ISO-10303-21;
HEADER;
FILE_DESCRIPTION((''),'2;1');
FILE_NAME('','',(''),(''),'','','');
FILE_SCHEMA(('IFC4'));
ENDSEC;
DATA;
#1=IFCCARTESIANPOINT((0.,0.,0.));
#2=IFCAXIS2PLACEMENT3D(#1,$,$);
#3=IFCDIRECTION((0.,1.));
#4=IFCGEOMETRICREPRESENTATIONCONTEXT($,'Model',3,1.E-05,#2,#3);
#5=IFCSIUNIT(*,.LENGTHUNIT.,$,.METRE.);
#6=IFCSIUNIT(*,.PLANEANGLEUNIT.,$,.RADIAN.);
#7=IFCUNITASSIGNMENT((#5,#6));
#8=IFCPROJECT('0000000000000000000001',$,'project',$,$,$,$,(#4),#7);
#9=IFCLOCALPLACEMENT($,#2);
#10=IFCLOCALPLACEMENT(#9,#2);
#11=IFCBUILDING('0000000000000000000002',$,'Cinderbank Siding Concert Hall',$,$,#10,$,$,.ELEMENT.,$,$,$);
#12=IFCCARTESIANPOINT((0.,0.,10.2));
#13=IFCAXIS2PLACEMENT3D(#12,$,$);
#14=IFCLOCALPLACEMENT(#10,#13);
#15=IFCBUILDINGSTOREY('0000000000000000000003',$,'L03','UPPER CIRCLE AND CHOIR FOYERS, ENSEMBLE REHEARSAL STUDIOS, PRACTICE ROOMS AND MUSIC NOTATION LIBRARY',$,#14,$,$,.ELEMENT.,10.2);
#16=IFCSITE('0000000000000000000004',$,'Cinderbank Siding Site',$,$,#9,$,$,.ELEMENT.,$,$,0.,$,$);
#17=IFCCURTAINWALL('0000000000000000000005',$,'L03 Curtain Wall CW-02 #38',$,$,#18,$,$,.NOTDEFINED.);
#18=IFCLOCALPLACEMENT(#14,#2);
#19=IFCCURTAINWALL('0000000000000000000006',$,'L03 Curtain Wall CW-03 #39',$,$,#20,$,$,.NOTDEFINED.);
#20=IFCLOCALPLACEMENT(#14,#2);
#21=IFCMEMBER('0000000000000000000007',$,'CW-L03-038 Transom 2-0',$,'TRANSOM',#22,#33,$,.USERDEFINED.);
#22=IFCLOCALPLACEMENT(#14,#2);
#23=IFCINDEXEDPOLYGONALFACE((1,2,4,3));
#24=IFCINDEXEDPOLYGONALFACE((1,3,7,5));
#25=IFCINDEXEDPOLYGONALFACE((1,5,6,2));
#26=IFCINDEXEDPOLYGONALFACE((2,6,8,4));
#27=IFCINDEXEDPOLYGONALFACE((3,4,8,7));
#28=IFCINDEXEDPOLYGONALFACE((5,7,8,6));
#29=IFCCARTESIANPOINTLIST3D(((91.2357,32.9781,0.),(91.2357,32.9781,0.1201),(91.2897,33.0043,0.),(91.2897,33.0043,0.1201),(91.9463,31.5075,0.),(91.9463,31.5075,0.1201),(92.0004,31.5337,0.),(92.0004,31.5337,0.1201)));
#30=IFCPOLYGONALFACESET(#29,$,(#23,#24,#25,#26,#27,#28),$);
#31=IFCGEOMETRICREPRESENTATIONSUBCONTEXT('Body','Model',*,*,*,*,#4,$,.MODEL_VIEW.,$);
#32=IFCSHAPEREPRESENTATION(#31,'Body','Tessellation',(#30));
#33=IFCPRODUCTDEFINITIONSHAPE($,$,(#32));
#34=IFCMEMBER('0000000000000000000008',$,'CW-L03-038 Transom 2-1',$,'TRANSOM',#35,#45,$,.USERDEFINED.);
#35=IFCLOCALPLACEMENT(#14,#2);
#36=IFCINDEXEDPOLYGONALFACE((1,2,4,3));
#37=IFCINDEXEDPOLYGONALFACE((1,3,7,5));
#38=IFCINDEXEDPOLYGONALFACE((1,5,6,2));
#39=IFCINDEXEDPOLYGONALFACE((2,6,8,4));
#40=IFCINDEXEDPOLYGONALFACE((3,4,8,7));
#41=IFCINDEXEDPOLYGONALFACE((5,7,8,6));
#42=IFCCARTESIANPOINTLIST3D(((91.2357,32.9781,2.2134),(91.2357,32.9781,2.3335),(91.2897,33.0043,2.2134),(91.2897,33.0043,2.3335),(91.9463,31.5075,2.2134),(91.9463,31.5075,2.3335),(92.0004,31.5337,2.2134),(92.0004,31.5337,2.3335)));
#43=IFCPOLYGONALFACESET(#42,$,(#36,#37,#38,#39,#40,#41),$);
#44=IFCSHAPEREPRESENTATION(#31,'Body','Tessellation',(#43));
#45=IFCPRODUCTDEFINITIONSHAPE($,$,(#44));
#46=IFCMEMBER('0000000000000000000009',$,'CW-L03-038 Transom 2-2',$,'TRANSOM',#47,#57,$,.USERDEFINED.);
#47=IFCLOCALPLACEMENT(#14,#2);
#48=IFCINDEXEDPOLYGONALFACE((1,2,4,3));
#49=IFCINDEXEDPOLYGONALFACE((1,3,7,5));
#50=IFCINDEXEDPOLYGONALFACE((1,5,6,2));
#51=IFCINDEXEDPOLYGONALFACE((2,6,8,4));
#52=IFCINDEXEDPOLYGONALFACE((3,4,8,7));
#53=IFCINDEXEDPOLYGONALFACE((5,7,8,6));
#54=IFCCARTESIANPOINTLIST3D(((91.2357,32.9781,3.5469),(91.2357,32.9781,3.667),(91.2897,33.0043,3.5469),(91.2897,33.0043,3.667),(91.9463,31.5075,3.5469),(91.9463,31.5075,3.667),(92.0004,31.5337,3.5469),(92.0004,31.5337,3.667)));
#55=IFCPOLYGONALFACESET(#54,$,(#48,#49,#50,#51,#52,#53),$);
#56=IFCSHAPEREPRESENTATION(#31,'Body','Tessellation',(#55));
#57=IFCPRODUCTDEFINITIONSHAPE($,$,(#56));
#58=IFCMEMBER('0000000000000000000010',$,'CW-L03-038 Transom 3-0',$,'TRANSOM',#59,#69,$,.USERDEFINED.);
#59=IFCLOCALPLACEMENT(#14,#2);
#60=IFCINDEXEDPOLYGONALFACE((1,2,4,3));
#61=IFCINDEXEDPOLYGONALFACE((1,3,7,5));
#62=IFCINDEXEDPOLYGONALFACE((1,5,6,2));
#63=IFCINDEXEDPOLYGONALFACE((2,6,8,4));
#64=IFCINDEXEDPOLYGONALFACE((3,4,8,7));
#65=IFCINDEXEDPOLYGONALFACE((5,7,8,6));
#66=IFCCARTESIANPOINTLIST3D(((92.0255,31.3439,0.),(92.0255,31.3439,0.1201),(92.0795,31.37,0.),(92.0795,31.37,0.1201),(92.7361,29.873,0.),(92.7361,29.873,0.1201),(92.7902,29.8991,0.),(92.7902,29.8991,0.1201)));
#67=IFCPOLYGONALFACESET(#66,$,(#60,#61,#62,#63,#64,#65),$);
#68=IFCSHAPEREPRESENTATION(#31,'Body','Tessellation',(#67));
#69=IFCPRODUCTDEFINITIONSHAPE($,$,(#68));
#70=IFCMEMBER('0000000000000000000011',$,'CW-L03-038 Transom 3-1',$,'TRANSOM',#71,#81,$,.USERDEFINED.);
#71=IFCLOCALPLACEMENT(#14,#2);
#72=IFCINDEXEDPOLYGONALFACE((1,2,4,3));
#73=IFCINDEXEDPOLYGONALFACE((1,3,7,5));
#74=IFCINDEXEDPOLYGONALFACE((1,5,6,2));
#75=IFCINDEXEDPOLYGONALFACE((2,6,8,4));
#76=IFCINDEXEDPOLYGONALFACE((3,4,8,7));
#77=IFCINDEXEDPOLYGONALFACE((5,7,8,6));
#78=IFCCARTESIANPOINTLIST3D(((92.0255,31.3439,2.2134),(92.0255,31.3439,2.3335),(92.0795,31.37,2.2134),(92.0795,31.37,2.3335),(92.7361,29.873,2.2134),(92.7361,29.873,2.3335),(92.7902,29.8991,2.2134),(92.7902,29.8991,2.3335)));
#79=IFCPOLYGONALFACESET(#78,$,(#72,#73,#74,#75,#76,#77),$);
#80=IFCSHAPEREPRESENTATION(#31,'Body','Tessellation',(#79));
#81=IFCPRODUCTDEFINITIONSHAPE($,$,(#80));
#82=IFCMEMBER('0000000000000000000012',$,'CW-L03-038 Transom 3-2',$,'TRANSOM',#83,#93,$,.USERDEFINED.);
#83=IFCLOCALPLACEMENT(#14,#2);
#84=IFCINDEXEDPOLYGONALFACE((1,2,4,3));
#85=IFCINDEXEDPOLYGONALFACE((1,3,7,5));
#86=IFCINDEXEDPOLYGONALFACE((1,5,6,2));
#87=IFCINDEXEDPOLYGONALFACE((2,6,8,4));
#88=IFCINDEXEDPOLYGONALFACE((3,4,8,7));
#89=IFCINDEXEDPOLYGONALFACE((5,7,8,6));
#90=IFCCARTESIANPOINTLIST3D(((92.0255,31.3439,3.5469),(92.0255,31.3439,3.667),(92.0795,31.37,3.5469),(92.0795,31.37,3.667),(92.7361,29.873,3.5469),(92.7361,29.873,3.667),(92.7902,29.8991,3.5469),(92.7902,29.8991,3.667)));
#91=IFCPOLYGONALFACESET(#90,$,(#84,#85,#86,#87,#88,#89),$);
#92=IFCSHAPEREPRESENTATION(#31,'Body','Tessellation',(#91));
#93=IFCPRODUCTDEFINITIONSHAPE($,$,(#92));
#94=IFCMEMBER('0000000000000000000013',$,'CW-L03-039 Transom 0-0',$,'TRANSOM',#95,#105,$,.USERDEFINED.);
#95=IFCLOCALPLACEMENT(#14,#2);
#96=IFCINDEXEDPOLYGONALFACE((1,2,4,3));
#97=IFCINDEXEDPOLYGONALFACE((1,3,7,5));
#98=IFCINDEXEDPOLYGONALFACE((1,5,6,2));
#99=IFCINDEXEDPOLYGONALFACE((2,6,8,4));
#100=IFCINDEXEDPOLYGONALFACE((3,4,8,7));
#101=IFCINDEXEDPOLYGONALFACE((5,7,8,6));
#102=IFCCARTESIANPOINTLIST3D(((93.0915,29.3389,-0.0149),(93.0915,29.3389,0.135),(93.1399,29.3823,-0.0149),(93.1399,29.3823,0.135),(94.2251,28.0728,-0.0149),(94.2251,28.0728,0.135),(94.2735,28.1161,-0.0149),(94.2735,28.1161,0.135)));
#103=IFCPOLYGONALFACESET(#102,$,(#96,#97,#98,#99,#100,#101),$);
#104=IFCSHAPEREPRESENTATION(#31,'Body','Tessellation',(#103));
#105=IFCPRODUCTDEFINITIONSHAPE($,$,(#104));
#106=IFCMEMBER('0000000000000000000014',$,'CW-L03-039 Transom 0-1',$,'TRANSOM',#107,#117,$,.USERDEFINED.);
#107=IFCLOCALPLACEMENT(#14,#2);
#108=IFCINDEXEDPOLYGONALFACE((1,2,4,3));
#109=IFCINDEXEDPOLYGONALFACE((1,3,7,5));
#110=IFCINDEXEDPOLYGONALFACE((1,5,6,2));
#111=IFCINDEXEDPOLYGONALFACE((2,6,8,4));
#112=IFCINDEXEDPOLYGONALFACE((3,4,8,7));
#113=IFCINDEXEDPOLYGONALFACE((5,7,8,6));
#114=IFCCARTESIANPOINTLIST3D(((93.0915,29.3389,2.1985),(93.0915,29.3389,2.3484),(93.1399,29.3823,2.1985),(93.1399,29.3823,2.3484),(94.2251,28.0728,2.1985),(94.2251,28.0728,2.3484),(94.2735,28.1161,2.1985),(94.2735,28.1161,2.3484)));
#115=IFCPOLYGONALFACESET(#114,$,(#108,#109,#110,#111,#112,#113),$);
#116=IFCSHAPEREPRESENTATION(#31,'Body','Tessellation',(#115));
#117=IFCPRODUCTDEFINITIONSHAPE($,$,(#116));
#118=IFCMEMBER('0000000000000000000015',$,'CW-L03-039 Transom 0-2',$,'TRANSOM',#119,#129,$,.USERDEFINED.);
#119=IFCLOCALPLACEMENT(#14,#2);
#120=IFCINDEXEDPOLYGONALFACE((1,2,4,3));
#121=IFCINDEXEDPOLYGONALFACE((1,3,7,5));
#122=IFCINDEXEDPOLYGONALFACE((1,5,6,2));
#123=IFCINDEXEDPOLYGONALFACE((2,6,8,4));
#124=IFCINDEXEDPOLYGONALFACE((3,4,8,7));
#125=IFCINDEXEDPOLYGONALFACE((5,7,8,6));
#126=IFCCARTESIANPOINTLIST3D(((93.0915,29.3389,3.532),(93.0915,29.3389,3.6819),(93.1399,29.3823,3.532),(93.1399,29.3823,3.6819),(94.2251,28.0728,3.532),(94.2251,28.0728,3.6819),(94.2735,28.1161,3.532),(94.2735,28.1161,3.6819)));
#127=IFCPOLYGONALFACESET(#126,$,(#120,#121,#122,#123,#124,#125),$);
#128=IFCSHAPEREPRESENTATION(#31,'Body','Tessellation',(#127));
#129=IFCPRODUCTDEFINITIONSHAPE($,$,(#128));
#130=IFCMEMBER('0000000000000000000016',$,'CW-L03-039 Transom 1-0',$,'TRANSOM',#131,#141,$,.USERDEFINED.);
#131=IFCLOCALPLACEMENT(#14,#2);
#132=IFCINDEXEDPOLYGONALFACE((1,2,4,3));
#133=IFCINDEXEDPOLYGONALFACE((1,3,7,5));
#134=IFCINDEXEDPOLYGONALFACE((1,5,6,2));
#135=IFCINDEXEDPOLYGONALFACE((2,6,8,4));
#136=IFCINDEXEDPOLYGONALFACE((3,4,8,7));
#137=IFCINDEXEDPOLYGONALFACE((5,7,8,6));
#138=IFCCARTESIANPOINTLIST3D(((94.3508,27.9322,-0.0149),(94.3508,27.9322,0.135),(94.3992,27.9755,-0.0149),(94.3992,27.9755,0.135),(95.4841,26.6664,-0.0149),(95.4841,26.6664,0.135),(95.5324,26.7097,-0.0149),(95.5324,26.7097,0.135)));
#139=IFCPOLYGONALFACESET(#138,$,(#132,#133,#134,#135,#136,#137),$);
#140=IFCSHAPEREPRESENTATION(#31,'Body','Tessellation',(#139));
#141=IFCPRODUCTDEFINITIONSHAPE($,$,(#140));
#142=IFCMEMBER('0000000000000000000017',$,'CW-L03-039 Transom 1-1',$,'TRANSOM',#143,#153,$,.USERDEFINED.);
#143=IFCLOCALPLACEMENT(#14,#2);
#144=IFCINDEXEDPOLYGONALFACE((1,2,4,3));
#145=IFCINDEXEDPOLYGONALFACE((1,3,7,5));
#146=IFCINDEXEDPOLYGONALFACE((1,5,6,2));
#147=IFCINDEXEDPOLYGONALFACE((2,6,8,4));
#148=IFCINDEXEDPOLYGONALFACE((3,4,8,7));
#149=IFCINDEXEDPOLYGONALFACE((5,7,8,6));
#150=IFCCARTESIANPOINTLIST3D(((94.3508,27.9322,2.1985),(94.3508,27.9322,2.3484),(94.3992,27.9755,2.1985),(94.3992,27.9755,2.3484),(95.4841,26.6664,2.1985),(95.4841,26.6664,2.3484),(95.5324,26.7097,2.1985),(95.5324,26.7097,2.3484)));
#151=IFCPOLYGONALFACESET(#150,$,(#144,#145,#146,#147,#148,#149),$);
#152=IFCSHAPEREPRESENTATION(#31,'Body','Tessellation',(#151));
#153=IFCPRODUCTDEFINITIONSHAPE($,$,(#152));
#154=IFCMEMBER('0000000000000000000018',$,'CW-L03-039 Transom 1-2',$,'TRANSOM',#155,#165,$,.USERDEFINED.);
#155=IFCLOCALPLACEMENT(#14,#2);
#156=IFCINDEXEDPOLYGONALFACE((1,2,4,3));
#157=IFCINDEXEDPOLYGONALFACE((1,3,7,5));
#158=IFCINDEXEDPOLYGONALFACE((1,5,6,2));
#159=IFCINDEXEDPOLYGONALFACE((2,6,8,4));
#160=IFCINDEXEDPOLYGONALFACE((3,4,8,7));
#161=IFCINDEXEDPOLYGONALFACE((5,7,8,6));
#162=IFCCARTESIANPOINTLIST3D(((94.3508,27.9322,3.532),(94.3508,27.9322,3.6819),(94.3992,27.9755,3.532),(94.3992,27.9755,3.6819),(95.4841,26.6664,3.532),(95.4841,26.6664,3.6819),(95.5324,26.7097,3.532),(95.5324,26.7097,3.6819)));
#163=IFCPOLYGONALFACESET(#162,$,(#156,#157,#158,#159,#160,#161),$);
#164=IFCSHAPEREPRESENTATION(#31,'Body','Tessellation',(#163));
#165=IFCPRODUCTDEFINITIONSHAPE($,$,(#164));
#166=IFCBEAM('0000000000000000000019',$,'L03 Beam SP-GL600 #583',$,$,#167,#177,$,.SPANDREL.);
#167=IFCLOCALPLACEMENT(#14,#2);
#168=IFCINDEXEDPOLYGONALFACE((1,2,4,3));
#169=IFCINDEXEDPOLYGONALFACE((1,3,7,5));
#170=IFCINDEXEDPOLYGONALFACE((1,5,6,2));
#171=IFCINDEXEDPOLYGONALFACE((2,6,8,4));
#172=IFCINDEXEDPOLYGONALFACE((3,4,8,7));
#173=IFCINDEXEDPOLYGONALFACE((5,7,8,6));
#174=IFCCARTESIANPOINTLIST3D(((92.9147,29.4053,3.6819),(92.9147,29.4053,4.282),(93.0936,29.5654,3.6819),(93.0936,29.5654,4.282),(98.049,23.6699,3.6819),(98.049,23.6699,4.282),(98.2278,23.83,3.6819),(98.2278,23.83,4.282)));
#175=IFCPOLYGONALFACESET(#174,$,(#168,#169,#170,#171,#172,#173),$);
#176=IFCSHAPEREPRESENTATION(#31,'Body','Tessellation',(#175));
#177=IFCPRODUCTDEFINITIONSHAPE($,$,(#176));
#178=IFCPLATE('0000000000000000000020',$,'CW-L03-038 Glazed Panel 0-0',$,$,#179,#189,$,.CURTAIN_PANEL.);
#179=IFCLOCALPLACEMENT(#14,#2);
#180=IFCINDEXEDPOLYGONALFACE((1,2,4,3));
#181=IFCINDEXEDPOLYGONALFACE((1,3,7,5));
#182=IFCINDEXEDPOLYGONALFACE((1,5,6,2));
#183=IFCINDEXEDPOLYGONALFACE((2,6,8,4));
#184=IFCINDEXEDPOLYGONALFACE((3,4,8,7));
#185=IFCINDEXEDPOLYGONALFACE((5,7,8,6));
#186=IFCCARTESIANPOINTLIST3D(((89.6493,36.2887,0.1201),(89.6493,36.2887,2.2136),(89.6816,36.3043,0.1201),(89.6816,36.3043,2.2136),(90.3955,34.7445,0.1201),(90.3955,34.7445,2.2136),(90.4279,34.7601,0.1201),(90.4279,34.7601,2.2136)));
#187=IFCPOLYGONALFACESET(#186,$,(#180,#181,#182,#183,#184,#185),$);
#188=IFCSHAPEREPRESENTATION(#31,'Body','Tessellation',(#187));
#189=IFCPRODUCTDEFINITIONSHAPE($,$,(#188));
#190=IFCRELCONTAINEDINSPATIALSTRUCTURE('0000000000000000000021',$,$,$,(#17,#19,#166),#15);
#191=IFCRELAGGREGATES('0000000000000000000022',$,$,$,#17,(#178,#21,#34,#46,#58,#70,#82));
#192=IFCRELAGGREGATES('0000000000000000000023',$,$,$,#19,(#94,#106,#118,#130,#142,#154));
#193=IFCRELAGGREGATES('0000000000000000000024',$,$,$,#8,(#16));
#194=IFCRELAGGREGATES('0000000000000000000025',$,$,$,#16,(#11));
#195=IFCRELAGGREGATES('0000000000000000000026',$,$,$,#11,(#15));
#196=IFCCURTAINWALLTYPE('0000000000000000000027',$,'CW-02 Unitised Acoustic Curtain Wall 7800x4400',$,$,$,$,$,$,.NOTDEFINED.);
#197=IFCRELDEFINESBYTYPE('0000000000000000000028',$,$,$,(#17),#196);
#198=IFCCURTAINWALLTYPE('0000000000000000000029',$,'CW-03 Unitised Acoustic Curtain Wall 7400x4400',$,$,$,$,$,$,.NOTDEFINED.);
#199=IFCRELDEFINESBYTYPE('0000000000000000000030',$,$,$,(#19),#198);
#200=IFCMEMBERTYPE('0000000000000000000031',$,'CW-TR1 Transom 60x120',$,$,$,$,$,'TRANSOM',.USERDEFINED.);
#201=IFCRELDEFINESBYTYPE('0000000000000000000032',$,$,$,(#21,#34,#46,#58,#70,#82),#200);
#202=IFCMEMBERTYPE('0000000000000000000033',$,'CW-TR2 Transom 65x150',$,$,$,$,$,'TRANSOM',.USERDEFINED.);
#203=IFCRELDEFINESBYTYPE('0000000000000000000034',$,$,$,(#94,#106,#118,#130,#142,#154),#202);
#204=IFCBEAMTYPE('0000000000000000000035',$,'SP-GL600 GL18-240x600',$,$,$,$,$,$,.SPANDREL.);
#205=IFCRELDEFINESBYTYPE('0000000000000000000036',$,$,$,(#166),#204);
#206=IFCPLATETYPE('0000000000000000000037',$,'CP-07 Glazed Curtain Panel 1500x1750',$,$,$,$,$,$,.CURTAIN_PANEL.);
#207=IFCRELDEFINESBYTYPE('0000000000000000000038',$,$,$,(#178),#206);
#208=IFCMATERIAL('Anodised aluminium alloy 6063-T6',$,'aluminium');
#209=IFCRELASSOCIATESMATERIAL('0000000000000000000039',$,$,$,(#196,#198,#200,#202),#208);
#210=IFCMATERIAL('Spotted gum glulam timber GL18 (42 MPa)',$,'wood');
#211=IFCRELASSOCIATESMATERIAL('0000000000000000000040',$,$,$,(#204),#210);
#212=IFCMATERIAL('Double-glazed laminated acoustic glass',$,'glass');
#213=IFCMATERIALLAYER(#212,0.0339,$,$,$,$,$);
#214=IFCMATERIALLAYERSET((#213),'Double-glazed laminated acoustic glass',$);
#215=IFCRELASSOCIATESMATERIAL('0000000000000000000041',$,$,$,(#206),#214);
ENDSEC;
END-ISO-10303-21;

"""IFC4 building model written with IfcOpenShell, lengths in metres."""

from ifc_helpers import new_model, si_unit, direction, frame, origin, origin_2d, place, context, subcontext, project, spatial, rectangle, extrude, material, layer, layer_set, material_profile, profile_set, type_object, element, aggregate, save


model = new_model("IFC4")

# Units and contexts
model_context = context("Model", 3, precision=1e-05, world=origin(), true_north=direction((0.0, 1.0)))
body_context = subcontext(model_context, "Body", "Model", "MODEL_VIEW")
ifc_project = project(units=[si_unit("LENGTHUNIT", "METRE"), si_unit("PLANEANGLEUNIT", "RADIAN")], contexts=[model_context])

# Site, building, storey
site_placement = place(None, origin())
site = spatial("IfcSite", under=ifc_project, at=site_placement, Name="Cinderbank Siding Site", CompositionType="ELEMENT", RefElevation=0.0)
building_placement = place(site_placement, origin())
building = spatial("IfcBuilding", under=site, at=building_placement, Name="Cinderbank Siding Concert Hall", CompositionType="ELEMENT")
storey_placement = place(building_placement, frame((0.0, 0.0, 10.2)))
storey = spatial("IfcBuildingStorey", under=building, at=storey_placement, Name="L03", Description="UPPER CIRCLE AND CHOIR FOYERS, ENSEMBLE REHEARSAL STUDIOS, PRACTICE ROOMS AND MUSIC NOTATION LIBRARY", CompositionType="ELEMENT", Elevation=10.2)

# Curtain walls
ifc_material_1 = material(Name="Anodised aluminium alloy 6063-T6", Category="aluminium")
curtain_wall_type_1 = type_object("IfcCurtainWallType", Name="CW-02 Unitised Acoustic Curtain Wall 7800x4400", PredefinedType="NOTDEFINED", material=ifc_material_1)
curtain_wall_1_placement = place(storey_placement, origin())
curtain_wall_1 = element("IfcCurtainWall", 1, at=curtain_wall_1_placement, inside=storey, type_object=curtain_wall_type_1, Name="L03 Curtain Wall CW-02 #38", PredefinedType="NOTDEFINED")
curtain_wall_type_2 = type_object("IfcCurtainWallType", Name="CW-03 Unitised Acoustic Curtain Wall 7400x4400", PredefinedType="NOTDEFINED", material=ifc_material_1)
curtain_wall_2_placement = place(storey_placement, origin())
curtain_wall_2 = element("IfcCurtainWall", 2, at=curtain_wall_2_placement, inside=storey, type_object=curtain_wall_type_2, Name="L03 Curtain Wall CW-03 #39", PredefinedType="NOTDEFINED")

# Members
ifc_material_profile_1 = material_profile(ifc_material_1, rectangle(XDim=0.0601, YDim=0.1201, at=origin_2d()), Name="ALU-TRAN-60x120", Category="LoadBearing")
ifc_profile_set_1 = profile_set([ifc_material_profile_1], Name="Anodised aluminium alloy 6063-T6")
member_type_1 = type_object("IfcMemberType", Name="CW-TR1 Transom 60x120", ElementType="TRANSOM", PredefinedType="USERDEFINED", material=ifc_profile_set_1)
member_1_placement = place(storey_placement, frame((91.2627, 32.9912, 0.0601), z_axis=(0.435096, -0.900384, 0.0), x_axis=(0.900384, 0.435096, 0.0)))
member_1 = element("IfcMember", 3, at=member_1_placement, type_object=member_type_1, Name="CW-L03-038 Transom 2-0", ObjectType="TRANSOM", PredefinedType="USERDEFINED", context=body_context, shape_type="SweptSolid", body=[
    extrude(rectangle(XDim=0.0601, YDim=0.1201, at=origin_2d()), origin(), (0.0, 0.0, 1.0), 1.6333),
])
member_2_placement = place(storey_placement, frame((91.2627, 32.9912, 2.2734), z_axis=(0.435096, -0.900384, 0.0), x_axis=(0.900384, 0.435096, 0.0)))
member_2 = element("IfcMember", 4, at=member_2_placement, type_object=member_type_1, Name="CW-L03-038 Transom 2-1", ObjectType="TRANSOM", PredefinedType="USERDEFINED", context=body_context, shape_type="SweptSolid", body=[
    extrude(rectangle(XDim=0.0601, YDim=0.1201, at=origin_2d()), origin(), (0.0, 0.0, 1.0), 1.6333),
])
member_3_placement = place(storey_placement, frame((91.2627, 32.9912, 3.6069), z_axis=(0.435096, -0.900384, 0.0), x_axis=(0.900384, 0.435096, 0.0)))
member_3 = element("IfcMember", 5, at=member_3_placement, type_object=member_type_1, Name="CW-L03-038 Transom 2-2", ObjectType="TRANSOM", PredefinedType="USERDEFINED", context=body_context, shape_type="SweptSolid", body=[
    extrude(rectangle(XDim=0.0601, YDim=0.1201, at=origin_2d()), origin(), (0.0, 0.0, 1.0), 1.6333),
])
member_4_placement = place(storey_placement, frame((92.0525, 31.3569, 0.0601), z_axis=(0.435037, -0.900412, 0.0), x_axis=(0.900412, 0.435037, 0.0)))
member_4 = element("IfcMember", 6, at=member_4_placement, type_object=member_type_1, Name="CW-L03-038 Transom 3-0", ObjectType="TRANSOM", PredefinedType="USERDEFINED", context=body_context, shape_type="SweptSolid", body=[
    extrude(rectangle(XDim=0.0601, YDim=0.1201, at=origin_2d()), origin(), (0.0, 0.0, 1.0), 1.6335),
])
member_5_placement = place(storey_placement, frame((92.0525, 31.3569, 2.2734), z_axis=(0.435037, -0.900412, 0.0), x_axis=(0.900412, 0.435037, 0.0)))
member_5 = element("IfcMember", 7, at=member_5_placement, type_object=member_type_1, Name="CW-L03-038 Transom 3-1", ObjectType="TRANSOM", PredefinedType="USERDEFINED", context=body_context, shape_type="SweptSolid", body=[
    extrude(rectangle(XDim=0.0601, YDim=0.1201, at=origin_2d()), origin(), (0.0, 0.0, 1.0), 1.6335),
])
member_6_placement = place(storey_placement, frame((92.0525, 31.3569, 3.6069), z_axis=(0.435037, -0.900412, 0.0), x_axis=(0.900412, 0.435037, 0.0)))
member_6 = element("IfcMember", 8, at=member_6_placement, type_object=member_type_1, Name="CW-L03-038 Transom 3-2", ObjectType="TRANSOM", PredefinedType="USERDEFINED", context=body_context, shape_type="SweptSolid", body=[
    extrude(rectangle(XDim=0.0601, YDim=0.1201, at=origin_2d()), origin(), (0.0, 0.0, 1.0), 1.6335),
])
ifc_material_profile_2 = material_profile(ifc_material_1, rectangle(XDim=0.0649, YDim=0.1499, at=origin_2d()), Name="ALU-TRAN-65x150", Category="LoadBearing")
ifc_profile_set_2 = profile_set([ifc_material_profile_2], Name="Anodised aluminium alloy 6063-T6")
member_type_2 = type_object("IfcMemberType", Name="CW-TR2 Transom 65x150", ElementType="TRANSOM", PredefinedType="USERDEFINED", material=ifc_profile_set_2)
member_7_placement = place(storey_placement, frame((93.1157, 29.3606, 0.0601), z_axis=(0.667026, -0.745035, 0.0), x_axis=(0.745035, 0.667026, 0.0)))
member_7 = element("IfcMember", 9, at=member_7_placement, type_object=member_type_2, Name="CW-L03-039 Transom 0-0", ObjectType="TRANSOM", PredefinedType="USERDEFINED", context=body_context, shape_type="SweptSolid", body=[
    extrude(rectangle(XDim=0.0649, YDim=0.1499, at=origin_2d()), origin(), (0.0, 0.0, 1.0), 1.6995),
])
member_8_placement = place(storey_placement, frame((93.1157, 29.3606, 2.2734), z_axis=(0.667026, -0.745035, 0.0), x_axis=(0.745035, 0.667026, 0.0)))
member_8 = element("IfcMember", 10, at=member_8_placement, type_object=member_type_2, Name="CW-L03-039 Transom 0-1", ObjectType="TRANSOM", PredefinedType="USERDEFINED", context=body_context, shape_type="SweptSolid", body=[
    extrude(rectangle(XDim=0.0649, YDim=0.1499, at=origin_2d()), origin(), (0.0, 0.0, 1.0), 1.6995),
])
member_9_placement = place(storey_placement, frame((93.1157, 29.3606, 3.6069), z_axis=(0.667026, -0.745035, 0.0), x_axis=(0.745035, 0.667026, 0.0)))
member_9 = element("IfcMember", 11, at=member_9_placement, type_object=member_type_2, Name="CW-L03-039 Transom 0-2", ObjectType="TRANSOM", PredefinedType="USERDEFINED", context=body_context, shape_type="SweptSolid", body=[
    extrude(rectangle(XDim=0.0649, YDim=0.1499, at=origin_2d()), origin(), (0.0, 0.0, 1.0), 1.6995),
])
member_10_placement = place(storey_placement, frame((94.375, 27.9539, 0.0601), z_axis=(0.667017, -0.745042, 0.0), x_axis=(0.745042, 0.667017, 0.0)))
member_10 = element("IfcMember", 12, at=member_10_placement, type_object=member_type_2, Name="CW-L03-039 Transom 1-0", ObjectType="TRANSOM", PredefinedType="USERDEFINED", context=body_context, shape_type="SweptSolid", body=[
    extrude(rectangle(XDim=0.0649, YDim=0.1499, at=origin_2d()), origin(), (0.0, 0.0, 1.0), 1.699),
])
member_11_placement = place(storey_placement, frame((94.375, 27.9539, 2.2734), z_axis=(0.667017, -0.745042, 0.0), x_axis=(0.745042, 0.667017, 0.0)))
member_11 = element("IfcMember", 13, at=member_11_placement, type_object=member_type_2, Name="CW-L03-039 Transom 1-1", ObjectType="TRANSOM", PredefinedType="USERDEFINED", context=body_context, shape_type="SweptSolid", body=[
    extrude(rectangle(XDim=0.0649, YDim=0.1499, at=origin_2d()), origin(), (0.0, 0.0, 1.0), 1.699),
])
member_12_placement = place(storey_placement, frame((94.375, 27.9539, 3.6069), z_axis=(0.667017, -0.745042, 0.0), x_axis=(0.745042, 0.667017, 0.0)))
member_12 = element("IfcMember", 14, at=member_12_placement, type_object=member_type_2, Name="CW-L03-039 Transom 1-2", ObjectType="TRANSOM", PredefinedType="USERDEFINED", context=body_context, shape_type="SweptSolid", body=[
    extrude(rectangle(XDim=0.0649, YDim=0.1499, at=origin_2d()), origin(), (0.0, 0.0, 1.0), 1.699),
])

# Beam
ifc_material_2 = material(Name="Spotted gum glulam timber GL18 (42 MPa)", Category="wood")
ifc_material_profile_3 = material_profile(ifc_material_2, rectangle(XDim=0.24, YDim=0.6001, at=origin_2d()), Name="GL18-240x600", Category="LoadBearing")
ifc_profile_set_3 = profile_set([ifc_material_profile_3], Name="Spotted gum glulam timber GL18 (42 MPa)")
beam_type = type_object("IfcBeamType", Name="SP-GL600 GL18-240x600", PredefinedType="SPANDREL", material=ifc_profile_set_3)
beam_placement = place(storey_placement, frame((93.0042, 29.4854, 3.9819), z_axis=(0.666986, -0.74507, 0.0), x_axis=(0.74507, 0.666986, 0.0)))
element("IfcBeam", 15, at=beam_placement, inside=storey, type_object=beam_type, Name="L03 Beam SP-GL600 #583", PredefinedType="SPANDREL", context=body_context, shape_type="SweptSolid", body=[
    extrude(rectangle(XDim=0.24, YDim=0.6001, at=origin_2d()), origin(), (0.0, 0.0, 1.0), 7.6978),
])

# Plate
ifc_material_3 = material(Name="Double-glazed laminated acoustic glass", Category="glass")
ifc_layer_1 = layer(ifc_material_3, 0.0339)
ifc_layer_set_1 = layer_set([ifc_layer_1], Name="Double-glazed laminated acoustic glass")
plate_type_1 = type_object("IfcPlateType", Name="CP-07 Glazed Curtain Panel 1500x1750", PredefinedType="CURTAIN_PANEL", material=ifc_layer_set_1)
plate_1_placement = place(storey_placement, frame((90.0386, 35.5244, 0.1201), z_axis=(0.0, 0.0, 1.0), x_axis=(0.435102, -0.900381, 0.0)))
plate_1 = element("IfcPlate", 16, at=plate_1_placement, type_object=plate_type_1, Name="CW-L03-038 Glazed Panel 0-0", PredefinedType="CURTAIN_PANEL", context=body_context, shape_type="SweptSolid", body=[
    extrude(rectangle(XDim=1.7151, YDim=0.0359, at=origin_2d()), origin(), (0.0, 0.0, 1.0), 2.0935),
])
aggregate(curtain_wall_1, [plate_1, member_1, member_2, member_3, member_4, member_5, member_6])
aggregate(curtain_wall_2, [member_7, member_8, member_9, member_10, member_11, member_12])

save(model, "model.ifc")
